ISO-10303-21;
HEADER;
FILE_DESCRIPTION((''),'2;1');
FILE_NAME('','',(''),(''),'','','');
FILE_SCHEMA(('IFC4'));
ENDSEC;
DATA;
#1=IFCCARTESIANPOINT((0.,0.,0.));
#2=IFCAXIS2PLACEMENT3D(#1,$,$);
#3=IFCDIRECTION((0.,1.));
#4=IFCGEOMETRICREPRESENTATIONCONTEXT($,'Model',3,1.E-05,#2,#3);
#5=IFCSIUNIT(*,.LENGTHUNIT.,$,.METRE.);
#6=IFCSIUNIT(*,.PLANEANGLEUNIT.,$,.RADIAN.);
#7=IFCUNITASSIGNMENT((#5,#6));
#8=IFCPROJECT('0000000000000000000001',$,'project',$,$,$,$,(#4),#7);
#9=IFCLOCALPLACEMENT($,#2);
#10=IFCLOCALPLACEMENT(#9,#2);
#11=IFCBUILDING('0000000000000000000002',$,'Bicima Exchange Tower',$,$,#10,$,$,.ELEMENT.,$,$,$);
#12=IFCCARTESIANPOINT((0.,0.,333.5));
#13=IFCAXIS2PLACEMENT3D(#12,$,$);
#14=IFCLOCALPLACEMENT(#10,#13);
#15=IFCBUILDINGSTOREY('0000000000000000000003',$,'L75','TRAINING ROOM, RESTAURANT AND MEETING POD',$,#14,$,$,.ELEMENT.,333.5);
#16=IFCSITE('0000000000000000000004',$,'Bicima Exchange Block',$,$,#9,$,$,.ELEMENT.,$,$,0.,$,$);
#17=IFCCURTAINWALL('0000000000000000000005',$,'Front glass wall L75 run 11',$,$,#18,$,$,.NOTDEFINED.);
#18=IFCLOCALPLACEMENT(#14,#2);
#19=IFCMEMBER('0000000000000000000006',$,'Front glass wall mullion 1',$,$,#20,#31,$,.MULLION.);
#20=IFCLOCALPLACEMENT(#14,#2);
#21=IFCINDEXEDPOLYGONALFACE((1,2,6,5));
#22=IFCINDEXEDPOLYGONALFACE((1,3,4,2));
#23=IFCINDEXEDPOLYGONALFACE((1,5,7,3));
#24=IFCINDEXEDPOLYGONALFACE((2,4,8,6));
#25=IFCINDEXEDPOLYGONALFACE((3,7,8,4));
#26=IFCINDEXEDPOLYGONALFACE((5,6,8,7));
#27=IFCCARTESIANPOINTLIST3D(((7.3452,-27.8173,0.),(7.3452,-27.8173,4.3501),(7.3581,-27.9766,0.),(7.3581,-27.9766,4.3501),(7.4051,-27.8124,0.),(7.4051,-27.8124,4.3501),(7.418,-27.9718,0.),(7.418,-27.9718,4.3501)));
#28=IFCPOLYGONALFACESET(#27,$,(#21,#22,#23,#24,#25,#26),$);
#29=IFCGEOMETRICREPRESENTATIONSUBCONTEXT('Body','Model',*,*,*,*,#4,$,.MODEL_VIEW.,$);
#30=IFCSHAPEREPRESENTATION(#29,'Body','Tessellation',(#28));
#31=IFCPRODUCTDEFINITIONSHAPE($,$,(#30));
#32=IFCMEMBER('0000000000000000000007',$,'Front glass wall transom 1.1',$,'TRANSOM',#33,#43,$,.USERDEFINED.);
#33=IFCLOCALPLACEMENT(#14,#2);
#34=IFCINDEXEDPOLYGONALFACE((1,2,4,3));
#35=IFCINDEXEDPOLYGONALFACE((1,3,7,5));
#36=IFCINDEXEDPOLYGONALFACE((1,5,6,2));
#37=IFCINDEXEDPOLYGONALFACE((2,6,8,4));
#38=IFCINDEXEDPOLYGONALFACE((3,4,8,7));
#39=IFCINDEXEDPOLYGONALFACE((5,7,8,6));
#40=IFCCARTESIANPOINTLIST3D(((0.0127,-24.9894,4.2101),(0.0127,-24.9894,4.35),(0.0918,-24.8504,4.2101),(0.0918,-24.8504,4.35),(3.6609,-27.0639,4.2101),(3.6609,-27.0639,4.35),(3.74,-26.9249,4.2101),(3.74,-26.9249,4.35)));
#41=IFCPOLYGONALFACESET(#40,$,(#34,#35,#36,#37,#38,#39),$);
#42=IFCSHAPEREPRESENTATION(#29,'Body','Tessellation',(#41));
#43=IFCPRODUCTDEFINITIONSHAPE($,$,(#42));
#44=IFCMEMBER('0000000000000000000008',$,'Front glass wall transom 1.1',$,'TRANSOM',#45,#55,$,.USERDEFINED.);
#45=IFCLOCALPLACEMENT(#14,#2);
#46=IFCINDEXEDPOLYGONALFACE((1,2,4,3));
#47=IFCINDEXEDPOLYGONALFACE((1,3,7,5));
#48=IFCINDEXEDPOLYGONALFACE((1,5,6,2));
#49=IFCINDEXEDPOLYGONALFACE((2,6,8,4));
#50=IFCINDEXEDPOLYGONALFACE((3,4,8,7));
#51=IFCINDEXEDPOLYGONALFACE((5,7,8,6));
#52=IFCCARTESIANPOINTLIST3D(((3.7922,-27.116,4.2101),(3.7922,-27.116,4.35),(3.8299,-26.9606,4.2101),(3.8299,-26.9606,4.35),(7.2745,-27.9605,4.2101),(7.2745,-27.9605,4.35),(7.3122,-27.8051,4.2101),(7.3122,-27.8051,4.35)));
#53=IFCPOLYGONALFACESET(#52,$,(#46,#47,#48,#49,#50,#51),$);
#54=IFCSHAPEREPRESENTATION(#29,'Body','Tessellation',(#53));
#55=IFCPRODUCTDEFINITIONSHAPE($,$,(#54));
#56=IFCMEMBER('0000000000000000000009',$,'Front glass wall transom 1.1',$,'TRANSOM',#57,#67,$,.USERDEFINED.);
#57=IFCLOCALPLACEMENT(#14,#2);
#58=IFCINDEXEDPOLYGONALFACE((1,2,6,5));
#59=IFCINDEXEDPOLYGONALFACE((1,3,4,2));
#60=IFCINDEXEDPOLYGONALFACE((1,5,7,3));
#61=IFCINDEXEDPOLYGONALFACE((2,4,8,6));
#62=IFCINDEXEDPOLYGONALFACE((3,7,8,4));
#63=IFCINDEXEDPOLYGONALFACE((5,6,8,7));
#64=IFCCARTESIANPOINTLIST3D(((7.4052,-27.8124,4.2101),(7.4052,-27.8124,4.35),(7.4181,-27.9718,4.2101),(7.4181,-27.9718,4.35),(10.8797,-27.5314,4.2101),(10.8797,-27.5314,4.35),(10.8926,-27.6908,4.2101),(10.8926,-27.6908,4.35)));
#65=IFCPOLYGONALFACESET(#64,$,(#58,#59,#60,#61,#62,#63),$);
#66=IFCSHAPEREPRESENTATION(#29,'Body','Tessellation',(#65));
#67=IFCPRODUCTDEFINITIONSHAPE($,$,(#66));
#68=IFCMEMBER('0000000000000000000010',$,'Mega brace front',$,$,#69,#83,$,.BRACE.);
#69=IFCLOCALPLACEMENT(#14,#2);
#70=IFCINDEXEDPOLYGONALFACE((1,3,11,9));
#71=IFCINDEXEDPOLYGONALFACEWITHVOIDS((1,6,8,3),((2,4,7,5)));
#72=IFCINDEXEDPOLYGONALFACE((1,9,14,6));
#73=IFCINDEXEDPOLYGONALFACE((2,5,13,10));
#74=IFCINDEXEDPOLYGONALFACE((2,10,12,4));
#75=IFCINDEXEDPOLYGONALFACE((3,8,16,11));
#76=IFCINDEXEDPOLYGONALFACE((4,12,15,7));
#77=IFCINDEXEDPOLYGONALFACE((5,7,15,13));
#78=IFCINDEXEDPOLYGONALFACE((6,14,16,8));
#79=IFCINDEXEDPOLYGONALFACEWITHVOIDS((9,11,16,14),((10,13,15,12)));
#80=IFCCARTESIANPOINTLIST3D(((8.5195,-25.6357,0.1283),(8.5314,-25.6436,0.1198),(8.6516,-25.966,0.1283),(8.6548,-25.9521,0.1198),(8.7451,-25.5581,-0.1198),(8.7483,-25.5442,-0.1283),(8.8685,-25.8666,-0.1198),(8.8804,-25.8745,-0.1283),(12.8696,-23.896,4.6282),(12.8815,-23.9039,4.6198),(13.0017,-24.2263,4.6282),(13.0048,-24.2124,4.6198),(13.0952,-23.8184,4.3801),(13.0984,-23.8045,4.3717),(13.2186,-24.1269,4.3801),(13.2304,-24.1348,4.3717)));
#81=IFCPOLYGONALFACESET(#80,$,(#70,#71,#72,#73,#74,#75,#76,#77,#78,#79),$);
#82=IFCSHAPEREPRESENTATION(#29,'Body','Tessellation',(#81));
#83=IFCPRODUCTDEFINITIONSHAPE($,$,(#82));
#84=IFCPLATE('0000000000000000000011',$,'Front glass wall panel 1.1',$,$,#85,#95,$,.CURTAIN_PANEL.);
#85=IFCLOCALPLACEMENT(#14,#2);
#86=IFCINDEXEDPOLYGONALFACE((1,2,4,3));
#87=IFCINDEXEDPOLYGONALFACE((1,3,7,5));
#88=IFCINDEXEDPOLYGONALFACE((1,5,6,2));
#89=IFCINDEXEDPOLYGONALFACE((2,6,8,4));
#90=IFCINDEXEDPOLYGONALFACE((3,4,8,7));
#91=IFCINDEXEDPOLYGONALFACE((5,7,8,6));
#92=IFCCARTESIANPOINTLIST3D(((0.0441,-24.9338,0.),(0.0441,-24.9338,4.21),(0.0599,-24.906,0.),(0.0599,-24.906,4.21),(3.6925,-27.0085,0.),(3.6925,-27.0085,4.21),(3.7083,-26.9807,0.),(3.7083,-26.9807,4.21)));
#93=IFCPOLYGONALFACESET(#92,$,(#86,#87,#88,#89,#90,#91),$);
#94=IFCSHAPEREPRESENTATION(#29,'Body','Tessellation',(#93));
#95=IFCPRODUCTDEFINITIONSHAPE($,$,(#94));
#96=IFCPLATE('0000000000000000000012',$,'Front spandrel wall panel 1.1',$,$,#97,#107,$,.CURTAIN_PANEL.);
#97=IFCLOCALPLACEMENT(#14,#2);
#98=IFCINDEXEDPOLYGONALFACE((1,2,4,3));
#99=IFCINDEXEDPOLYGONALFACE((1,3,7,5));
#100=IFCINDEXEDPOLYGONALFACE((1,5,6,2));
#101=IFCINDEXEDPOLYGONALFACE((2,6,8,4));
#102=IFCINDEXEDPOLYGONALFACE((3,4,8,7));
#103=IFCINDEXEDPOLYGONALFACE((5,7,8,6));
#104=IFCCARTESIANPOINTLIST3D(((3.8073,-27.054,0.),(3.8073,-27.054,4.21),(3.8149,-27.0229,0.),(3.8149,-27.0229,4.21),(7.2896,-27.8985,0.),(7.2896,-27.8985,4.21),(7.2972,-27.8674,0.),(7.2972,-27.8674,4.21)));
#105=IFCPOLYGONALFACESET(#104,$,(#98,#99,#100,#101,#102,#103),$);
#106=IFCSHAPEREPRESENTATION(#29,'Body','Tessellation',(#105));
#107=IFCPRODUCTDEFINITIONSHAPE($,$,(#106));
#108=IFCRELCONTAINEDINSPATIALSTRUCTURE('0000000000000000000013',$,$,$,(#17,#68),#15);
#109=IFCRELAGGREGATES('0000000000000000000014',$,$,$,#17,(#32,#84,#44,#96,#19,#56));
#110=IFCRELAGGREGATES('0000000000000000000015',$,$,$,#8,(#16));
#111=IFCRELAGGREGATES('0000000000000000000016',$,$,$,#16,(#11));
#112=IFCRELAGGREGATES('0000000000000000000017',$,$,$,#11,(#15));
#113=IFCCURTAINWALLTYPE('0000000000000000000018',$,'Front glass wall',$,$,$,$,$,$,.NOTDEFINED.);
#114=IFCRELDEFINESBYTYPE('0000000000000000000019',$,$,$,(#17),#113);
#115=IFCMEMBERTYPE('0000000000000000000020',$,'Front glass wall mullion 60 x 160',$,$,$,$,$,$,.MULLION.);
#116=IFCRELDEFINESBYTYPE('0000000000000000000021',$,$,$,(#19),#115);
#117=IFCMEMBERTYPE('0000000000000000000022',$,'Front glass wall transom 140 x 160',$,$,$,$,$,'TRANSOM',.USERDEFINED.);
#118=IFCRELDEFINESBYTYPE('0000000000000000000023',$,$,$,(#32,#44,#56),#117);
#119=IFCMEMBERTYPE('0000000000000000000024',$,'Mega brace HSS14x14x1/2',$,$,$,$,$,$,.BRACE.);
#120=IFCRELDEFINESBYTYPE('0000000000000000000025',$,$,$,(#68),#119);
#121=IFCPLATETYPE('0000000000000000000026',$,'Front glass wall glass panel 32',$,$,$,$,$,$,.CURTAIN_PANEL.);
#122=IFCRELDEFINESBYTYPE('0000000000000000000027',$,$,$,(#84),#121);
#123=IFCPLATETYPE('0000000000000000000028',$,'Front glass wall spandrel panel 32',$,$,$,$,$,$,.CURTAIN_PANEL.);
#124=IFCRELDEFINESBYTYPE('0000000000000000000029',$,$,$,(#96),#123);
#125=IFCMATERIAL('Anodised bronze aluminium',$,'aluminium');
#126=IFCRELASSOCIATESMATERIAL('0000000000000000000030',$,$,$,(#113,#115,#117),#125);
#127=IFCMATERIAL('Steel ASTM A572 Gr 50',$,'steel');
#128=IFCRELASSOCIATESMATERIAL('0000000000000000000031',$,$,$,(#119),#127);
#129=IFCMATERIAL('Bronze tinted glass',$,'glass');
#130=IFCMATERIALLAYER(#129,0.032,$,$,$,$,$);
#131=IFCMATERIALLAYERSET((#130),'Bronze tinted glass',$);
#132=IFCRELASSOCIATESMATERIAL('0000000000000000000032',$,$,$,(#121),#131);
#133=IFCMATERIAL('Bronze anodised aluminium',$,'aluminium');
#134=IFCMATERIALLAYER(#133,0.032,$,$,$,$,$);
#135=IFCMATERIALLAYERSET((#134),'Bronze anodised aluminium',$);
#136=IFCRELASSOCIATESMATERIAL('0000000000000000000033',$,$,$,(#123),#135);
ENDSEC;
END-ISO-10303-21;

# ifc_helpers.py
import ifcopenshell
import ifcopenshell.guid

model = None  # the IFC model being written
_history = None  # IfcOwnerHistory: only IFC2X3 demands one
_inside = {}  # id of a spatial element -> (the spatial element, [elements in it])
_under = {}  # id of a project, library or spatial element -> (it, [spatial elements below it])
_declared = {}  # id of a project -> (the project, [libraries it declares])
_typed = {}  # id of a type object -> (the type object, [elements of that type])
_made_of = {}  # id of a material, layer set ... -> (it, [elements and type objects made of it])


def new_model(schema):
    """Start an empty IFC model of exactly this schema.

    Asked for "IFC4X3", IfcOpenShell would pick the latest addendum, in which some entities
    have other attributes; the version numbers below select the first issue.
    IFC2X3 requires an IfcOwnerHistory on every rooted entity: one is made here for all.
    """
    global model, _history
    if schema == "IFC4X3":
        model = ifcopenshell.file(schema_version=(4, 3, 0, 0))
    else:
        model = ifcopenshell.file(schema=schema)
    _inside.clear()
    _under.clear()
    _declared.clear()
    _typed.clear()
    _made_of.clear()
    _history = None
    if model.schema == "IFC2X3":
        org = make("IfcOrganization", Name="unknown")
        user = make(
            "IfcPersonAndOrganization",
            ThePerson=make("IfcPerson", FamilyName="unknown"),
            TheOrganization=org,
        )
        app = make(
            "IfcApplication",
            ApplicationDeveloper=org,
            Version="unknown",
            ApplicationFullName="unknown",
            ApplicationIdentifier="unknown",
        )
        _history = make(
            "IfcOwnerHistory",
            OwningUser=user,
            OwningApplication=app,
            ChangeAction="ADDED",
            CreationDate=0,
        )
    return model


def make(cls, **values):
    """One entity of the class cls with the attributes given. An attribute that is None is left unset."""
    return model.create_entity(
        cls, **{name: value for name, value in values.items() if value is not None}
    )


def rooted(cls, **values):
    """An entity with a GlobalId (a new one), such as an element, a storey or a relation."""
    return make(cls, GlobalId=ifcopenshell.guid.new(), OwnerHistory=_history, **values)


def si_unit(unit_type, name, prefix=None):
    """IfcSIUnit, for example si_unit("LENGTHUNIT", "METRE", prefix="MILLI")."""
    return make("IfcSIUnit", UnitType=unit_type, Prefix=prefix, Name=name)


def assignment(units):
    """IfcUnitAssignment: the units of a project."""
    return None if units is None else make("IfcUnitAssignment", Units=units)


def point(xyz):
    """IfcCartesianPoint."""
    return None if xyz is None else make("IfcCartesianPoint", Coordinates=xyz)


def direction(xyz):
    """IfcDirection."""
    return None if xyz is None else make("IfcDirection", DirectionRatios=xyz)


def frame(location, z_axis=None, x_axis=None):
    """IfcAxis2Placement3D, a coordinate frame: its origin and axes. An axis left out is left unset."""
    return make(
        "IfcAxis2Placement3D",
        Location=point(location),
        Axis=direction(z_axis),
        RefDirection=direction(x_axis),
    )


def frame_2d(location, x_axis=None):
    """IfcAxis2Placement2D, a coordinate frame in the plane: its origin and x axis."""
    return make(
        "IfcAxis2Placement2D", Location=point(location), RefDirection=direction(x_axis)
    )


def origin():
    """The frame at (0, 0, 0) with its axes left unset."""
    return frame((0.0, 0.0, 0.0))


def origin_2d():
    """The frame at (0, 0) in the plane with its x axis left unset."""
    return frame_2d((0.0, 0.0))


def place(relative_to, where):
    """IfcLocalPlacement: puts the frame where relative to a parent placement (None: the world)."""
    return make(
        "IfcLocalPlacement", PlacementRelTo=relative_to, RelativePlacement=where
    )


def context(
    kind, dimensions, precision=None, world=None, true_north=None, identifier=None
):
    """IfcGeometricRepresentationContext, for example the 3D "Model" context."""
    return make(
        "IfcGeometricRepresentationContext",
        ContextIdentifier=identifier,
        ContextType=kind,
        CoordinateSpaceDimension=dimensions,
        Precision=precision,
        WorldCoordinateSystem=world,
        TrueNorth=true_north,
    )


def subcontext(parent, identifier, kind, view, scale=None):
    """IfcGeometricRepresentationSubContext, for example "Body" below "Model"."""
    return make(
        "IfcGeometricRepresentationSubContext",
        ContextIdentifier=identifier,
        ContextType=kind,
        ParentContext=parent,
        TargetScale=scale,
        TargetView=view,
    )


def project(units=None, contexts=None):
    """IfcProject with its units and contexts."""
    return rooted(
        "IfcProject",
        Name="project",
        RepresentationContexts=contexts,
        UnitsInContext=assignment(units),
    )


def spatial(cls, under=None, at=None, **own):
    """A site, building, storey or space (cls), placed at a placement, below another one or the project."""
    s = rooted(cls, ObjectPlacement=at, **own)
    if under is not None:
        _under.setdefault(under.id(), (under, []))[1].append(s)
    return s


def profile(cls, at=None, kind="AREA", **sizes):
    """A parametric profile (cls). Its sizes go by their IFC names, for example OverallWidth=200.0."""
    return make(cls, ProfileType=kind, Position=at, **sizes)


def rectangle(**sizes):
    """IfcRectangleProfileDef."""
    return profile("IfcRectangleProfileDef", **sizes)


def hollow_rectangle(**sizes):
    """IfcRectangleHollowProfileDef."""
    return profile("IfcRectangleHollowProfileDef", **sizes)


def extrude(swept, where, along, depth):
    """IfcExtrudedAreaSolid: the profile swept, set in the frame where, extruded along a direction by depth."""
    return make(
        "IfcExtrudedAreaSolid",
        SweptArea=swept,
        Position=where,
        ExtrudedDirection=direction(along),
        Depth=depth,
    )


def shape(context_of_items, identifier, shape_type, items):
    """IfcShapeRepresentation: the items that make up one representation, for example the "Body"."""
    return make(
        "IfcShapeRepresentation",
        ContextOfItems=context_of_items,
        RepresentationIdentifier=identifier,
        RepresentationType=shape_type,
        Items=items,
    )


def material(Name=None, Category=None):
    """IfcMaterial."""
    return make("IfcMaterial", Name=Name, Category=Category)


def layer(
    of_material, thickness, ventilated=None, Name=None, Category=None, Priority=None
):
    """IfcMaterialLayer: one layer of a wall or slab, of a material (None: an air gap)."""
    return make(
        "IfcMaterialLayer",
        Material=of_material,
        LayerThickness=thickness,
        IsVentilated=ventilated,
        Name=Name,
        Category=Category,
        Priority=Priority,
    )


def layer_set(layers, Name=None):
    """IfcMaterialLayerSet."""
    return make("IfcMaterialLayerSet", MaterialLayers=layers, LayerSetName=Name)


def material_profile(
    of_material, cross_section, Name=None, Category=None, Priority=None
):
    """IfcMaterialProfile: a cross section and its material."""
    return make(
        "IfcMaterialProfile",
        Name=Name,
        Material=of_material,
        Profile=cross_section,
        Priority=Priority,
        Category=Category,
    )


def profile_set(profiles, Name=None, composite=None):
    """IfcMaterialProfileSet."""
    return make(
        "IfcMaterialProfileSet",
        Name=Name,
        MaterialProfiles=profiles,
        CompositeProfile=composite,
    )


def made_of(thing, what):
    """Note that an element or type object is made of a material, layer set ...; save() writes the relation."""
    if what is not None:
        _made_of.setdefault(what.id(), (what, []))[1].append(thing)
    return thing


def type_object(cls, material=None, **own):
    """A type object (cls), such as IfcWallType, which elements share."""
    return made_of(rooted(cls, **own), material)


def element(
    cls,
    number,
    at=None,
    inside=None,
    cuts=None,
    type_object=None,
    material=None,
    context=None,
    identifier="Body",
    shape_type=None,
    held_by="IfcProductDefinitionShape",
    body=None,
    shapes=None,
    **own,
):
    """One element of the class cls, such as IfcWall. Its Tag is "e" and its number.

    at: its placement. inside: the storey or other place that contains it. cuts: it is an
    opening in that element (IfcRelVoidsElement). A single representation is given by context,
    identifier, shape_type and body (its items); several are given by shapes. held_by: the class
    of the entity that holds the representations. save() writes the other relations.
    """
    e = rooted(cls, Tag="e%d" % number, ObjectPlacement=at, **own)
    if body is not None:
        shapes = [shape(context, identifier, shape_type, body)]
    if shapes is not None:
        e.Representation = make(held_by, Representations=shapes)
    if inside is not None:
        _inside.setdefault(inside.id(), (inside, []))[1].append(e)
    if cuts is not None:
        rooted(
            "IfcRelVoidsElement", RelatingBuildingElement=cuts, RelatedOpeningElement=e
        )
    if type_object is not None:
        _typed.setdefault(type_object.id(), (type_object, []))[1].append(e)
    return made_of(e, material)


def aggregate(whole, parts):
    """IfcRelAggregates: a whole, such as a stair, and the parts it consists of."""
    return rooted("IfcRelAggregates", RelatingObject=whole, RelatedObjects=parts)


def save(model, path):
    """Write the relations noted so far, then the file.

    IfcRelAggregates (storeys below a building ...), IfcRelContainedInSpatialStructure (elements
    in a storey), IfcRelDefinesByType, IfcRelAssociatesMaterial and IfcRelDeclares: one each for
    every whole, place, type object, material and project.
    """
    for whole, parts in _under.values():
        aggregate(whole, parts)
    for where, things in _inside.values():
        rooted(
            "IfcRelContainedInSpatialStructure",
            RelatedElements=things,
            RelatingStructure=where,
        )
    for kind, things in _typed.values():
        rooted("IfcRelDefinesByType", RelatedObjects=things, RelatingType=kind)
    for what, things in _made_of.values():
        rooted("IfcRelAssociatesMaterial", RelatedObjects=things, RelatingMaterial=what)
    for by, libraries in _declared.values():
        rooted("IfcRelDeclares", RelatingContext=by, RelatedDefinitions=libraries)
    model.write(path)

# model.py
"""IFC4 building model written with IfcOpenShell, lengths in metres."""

from ifc_helpers import new_model, si_unit, direction, frame, origin, origin_2d, place, context, subcontext, project, spatial, rectangle, hollow_rectangle, extrude, material, layer, layer_set, material_profile, profile_set, type_object, element, aggregate, save


model = new_model("IFC4")

# Units and contexts
model_context = context("Model", 3, precision=1e-05, world=origin(), true_north=direction((0.0, 1.0)))
body_context = subcontext(model_context, "Body", "Model", "MODEL_VIEW")
ifc_project = project(units=[si_unit("LENGTHUNIT", "METRE"), si_unit("PLANEANGLEUNIT", "RADIAN")], contexts=[model_context])

# Site, building, storey
site_placement = place(None, origin())
site = spatial("IfcSite", under=ifc_project, at=site_placement, Name="Bicima Exchange Block", CompositionType="ELEMENT", RefElevation=0.0)
building_placement = place(site_placement, origin())
building = spatial("IfcBuilding", under=site, at=building_placement, Name="Bicima Exchange Tower", CompositionType="ELEMENT")
storey_placement = place(building_placement, frame((0.0, 0.0, 333.5)))
storey = spatial("IfcBuildingStorey", under=building, at=storey_placement, Name="L75", Description="TRAINING ROOM, RESTAURANT AND MEETING POD", CompositionType="ELEMENT", Elevation=333.5)

# Shared definitions
ifc_material_1 = material(Name="Steel ASTM A572 Gr 50", Category="steel")

# Curtain wall, members
ifc_material_2 = material(Name="Anodised bronze aluminium", Category="aluminium")
curtain_wall_type = type_object("IfcCurtainWallType", Name="Front glass wall", PredefinedType="NOTDEFINED", material=ifc_material_2)
curtain_wall_placement = place(storey_placement, origin())
curtain_wall = element("IfcCurtainWall", 1, at=curtain_wall_placement, inside=storey, type_object=curtain_wall_type, Name="Front glass wall L75 run 11", PredefinedType="NOTDEFINED")
ifc_material_profile_1 = material_profile(ifc_material_2, rectangle(XDim=0.1599, YDim=0.0601, at=origin_2d()))
ifc_profile_set_1 = profile_set([ifc_material_profile_1], Name="Anodised bronze aluminium")
member_type_1 = type_object("IfcMemberType", Name="Front glass wall mullion 60 x 160", PredefinedType="MULLION", material=ifc_profile_set_1)
member_1_placement = place(storey_placement, frame((7.3816, -27.8945, 0.0), z_axis=(0.0, 0.0, 1.0), x_axis=(-0.080589, 0.996747, 0.0)))
member_1 = element("IfcMember", 2, at=member_1_placement, type_object=member_type_1, Name="Front glass wall mullion 1", PredefinedType="MULLION", context=body_context, shape_type="SweptSolid", body=[
    extrude(rectangle(XDim=0.1599, YDim=0.0601, at=origin_2d()), origin(), (0.0, 0.0, 1.0), 4.3501),
])
ifc_material_profile_2 = material_profile(ifc_material_2, rectangle(XDim=0.1599, YDim=0.1399, at=origin_2d()))
ifc_profile_set_2 = profile_set([ifc_material_profile_2], Name="Anodised bronze aluminium")
member_type_2 = type_object("IfcMemberType", Name="Front glass wall transom 140 x 160", ElementType="TRANSOM", PredefinedType="USERDEFINED", material=ifc_profile_set_2)
member_2_placement = place(storey_placement, frame((0.0522, -24.9199, 4.28), z_axis=(0.86929, -0.494302, 0.0), x_axis=(0.494302, 0.86929, 0.0)))
member_2 = element("IfcMember", 3, at=member_2_placement, type_object=member_type_2, Name="Front glass wall transom 1.1", ObjectType="TRANSOM", PredefinedType="USERDEFINED", context=body_context, shape_type="SweptSolid", body=[
    extrude(rectangle(XDim=0.1599, YDim=0.1399, at=origin_2d()), origin(), (0.0, 0.0, 1.0), 4.1968),
])
member_3_placement = place(storey_placement, frame((3.811, -27.0383, 4.28), z_axis=(0.971834, -0.235668, 0.0), x_axis=(0.235668, 0.971834, 0.0)))
member_3 = element("IfcMember", 4, at=member_3_placement, type_object=member_type_2, Name="Front glass wall transom 1.1", ObjectType="TRANSOM", PredefinedType="USERDEFINED", context=body_context, shape_type="SweptSolid", body=[
    extrude(rectangle(XDim=0.1599, YDim=0.1399, at=origin_2d()), origin(), (0.0, 0.0, 1.0), 3.5833),
])
member_4_placement = place(storey_placement, frame((7.4116, -27.8921, 4.28), z_axis=(0.996746, 0.080611, 0.0), x_axis=(-0.080611, 0.996746, 0.0)))
member_4 = element("IfcMember", 5, at=member_4_placement, type_object=member_type_2, Name="Front glass wall transom 1.1", ObjectType="TRANSOM", PredefinedType="USERDEFINED", context=body_context, shape_type="SweptSolid", body=[
    extrude(rectangle(XDim=0.1599, YDim=0.1399, at=origin_2d()), origin(), (0.0, 0.0, 1.0), 3.4858),
])

# Member
ifc_material_profile_3 = material_profile(ifc_material_1, hollow_rectangle(XDim=0.3557, YDim=0.3557, WallThickness=0.0117, at=origin_2d()))
ifc_profile_set_3 = profile_set([ifc_material_profile_3], Name="Steel ASTM A572 Gr 50")
member_type_3 = type_object("IfcMemberType", Name="Mega brace HSS14x14x1/2", PredefinedType="BRACE", material=ifc_profile_set_3)
member_5_placement = place(storey_placement, frame((8.7, -25.7551, 0.0), z_axis=(0.669642, 0.267812, 0.692717), x_axis=(-0.371337, 0.928498, 0.0)))
element("IfcMember", 6, at=member_5_placement, inside=storey, type_object=member_type_3, Name="Mega brace front", PredefinedType="BRACE", context=body_context, shape_type="SweptSolid", body=[
    extrude(hollow_rectangle(XDim=0.3557, YDim=0.3557, WallThickness=0.0117, at=origin_2d()), origin(), (0.0, 0.0, 1.0), 6.4961),
])

# Plates
ifc_material_3 = material(Name="Bronze tinted glass", Category="glass")
ifc_layer_1 = layer(ifc_material_3, 0.032)
ifc_layer_set_1 = layer_set([ifc_layer_1], Name="Bronze tinted glass")
plate_type_1 = type_object("IfcPlateType", Name="Front glass wall glass panel 32", PredefinedType="CURTAIN_PANEL", material=ifc_layer_set_1)
plate_1_placement = place(storey_placement, frame((1.8762, -25.9573, 0.0), z_axis=(0.0, 0.0, 1.0), x_axis=(0.869274, -0.49433, 0.0)))
plate_1 = element("IfcPlate", 7, at=plate_1_placement, type_object=plate_type_1, Name="Front glass wall panel 1.1", PredefinedType="CURTAIN_PANEL", context=body_context, shape_type="SweptSolid", body=[
    extrude(rectangle(XDim=4.197, YDim=0.032, at=origin_2d()), origin(), (0.0, 0.0, 1.0), 4.21),
])
ifc_material_4 = material(Name="Bronze anodised aluminium", Category="aluminium")
ifc_layer_2 = layer(ifc_material_4, 0.032)
ifc_layer_set_2 = layer_set([ifc_layer_2], Name="Bronze anodised aluminium")
plate_type_2 = type_object("IfcPlateType", Name="Front glass wall spandrel panel 32", PredefinedType="CURTAIN_PANEL", material=ifc_layer_set_2)
plate_2_placement = place(storey_placement, frame((5.5522, -27.4607, 0.0), z_axis=(0.0, 0.0, 1.0), x_axis=(0.97183, -0.235682, 0.0)))
plate_2 = element("IfcPlate", 8, at=plate_2_placement, type_object=plate_type_2, Name="Front spandrel wall panel 1.1", PredefinedType="CURTAIN_PANEL", context=body_context, shape_type="SweptSolid", body=[
    extrude(rectangle(XDim=3.5833, YDim=0.032, at=origin_2d()), origin(), (0.0, 0.0, 1.0), 4.21),
])
aggregate(curtain_wall, [member_2, plate_1, member_3, plate_2, member_1, member_4])

save(model, "model.ifc")
